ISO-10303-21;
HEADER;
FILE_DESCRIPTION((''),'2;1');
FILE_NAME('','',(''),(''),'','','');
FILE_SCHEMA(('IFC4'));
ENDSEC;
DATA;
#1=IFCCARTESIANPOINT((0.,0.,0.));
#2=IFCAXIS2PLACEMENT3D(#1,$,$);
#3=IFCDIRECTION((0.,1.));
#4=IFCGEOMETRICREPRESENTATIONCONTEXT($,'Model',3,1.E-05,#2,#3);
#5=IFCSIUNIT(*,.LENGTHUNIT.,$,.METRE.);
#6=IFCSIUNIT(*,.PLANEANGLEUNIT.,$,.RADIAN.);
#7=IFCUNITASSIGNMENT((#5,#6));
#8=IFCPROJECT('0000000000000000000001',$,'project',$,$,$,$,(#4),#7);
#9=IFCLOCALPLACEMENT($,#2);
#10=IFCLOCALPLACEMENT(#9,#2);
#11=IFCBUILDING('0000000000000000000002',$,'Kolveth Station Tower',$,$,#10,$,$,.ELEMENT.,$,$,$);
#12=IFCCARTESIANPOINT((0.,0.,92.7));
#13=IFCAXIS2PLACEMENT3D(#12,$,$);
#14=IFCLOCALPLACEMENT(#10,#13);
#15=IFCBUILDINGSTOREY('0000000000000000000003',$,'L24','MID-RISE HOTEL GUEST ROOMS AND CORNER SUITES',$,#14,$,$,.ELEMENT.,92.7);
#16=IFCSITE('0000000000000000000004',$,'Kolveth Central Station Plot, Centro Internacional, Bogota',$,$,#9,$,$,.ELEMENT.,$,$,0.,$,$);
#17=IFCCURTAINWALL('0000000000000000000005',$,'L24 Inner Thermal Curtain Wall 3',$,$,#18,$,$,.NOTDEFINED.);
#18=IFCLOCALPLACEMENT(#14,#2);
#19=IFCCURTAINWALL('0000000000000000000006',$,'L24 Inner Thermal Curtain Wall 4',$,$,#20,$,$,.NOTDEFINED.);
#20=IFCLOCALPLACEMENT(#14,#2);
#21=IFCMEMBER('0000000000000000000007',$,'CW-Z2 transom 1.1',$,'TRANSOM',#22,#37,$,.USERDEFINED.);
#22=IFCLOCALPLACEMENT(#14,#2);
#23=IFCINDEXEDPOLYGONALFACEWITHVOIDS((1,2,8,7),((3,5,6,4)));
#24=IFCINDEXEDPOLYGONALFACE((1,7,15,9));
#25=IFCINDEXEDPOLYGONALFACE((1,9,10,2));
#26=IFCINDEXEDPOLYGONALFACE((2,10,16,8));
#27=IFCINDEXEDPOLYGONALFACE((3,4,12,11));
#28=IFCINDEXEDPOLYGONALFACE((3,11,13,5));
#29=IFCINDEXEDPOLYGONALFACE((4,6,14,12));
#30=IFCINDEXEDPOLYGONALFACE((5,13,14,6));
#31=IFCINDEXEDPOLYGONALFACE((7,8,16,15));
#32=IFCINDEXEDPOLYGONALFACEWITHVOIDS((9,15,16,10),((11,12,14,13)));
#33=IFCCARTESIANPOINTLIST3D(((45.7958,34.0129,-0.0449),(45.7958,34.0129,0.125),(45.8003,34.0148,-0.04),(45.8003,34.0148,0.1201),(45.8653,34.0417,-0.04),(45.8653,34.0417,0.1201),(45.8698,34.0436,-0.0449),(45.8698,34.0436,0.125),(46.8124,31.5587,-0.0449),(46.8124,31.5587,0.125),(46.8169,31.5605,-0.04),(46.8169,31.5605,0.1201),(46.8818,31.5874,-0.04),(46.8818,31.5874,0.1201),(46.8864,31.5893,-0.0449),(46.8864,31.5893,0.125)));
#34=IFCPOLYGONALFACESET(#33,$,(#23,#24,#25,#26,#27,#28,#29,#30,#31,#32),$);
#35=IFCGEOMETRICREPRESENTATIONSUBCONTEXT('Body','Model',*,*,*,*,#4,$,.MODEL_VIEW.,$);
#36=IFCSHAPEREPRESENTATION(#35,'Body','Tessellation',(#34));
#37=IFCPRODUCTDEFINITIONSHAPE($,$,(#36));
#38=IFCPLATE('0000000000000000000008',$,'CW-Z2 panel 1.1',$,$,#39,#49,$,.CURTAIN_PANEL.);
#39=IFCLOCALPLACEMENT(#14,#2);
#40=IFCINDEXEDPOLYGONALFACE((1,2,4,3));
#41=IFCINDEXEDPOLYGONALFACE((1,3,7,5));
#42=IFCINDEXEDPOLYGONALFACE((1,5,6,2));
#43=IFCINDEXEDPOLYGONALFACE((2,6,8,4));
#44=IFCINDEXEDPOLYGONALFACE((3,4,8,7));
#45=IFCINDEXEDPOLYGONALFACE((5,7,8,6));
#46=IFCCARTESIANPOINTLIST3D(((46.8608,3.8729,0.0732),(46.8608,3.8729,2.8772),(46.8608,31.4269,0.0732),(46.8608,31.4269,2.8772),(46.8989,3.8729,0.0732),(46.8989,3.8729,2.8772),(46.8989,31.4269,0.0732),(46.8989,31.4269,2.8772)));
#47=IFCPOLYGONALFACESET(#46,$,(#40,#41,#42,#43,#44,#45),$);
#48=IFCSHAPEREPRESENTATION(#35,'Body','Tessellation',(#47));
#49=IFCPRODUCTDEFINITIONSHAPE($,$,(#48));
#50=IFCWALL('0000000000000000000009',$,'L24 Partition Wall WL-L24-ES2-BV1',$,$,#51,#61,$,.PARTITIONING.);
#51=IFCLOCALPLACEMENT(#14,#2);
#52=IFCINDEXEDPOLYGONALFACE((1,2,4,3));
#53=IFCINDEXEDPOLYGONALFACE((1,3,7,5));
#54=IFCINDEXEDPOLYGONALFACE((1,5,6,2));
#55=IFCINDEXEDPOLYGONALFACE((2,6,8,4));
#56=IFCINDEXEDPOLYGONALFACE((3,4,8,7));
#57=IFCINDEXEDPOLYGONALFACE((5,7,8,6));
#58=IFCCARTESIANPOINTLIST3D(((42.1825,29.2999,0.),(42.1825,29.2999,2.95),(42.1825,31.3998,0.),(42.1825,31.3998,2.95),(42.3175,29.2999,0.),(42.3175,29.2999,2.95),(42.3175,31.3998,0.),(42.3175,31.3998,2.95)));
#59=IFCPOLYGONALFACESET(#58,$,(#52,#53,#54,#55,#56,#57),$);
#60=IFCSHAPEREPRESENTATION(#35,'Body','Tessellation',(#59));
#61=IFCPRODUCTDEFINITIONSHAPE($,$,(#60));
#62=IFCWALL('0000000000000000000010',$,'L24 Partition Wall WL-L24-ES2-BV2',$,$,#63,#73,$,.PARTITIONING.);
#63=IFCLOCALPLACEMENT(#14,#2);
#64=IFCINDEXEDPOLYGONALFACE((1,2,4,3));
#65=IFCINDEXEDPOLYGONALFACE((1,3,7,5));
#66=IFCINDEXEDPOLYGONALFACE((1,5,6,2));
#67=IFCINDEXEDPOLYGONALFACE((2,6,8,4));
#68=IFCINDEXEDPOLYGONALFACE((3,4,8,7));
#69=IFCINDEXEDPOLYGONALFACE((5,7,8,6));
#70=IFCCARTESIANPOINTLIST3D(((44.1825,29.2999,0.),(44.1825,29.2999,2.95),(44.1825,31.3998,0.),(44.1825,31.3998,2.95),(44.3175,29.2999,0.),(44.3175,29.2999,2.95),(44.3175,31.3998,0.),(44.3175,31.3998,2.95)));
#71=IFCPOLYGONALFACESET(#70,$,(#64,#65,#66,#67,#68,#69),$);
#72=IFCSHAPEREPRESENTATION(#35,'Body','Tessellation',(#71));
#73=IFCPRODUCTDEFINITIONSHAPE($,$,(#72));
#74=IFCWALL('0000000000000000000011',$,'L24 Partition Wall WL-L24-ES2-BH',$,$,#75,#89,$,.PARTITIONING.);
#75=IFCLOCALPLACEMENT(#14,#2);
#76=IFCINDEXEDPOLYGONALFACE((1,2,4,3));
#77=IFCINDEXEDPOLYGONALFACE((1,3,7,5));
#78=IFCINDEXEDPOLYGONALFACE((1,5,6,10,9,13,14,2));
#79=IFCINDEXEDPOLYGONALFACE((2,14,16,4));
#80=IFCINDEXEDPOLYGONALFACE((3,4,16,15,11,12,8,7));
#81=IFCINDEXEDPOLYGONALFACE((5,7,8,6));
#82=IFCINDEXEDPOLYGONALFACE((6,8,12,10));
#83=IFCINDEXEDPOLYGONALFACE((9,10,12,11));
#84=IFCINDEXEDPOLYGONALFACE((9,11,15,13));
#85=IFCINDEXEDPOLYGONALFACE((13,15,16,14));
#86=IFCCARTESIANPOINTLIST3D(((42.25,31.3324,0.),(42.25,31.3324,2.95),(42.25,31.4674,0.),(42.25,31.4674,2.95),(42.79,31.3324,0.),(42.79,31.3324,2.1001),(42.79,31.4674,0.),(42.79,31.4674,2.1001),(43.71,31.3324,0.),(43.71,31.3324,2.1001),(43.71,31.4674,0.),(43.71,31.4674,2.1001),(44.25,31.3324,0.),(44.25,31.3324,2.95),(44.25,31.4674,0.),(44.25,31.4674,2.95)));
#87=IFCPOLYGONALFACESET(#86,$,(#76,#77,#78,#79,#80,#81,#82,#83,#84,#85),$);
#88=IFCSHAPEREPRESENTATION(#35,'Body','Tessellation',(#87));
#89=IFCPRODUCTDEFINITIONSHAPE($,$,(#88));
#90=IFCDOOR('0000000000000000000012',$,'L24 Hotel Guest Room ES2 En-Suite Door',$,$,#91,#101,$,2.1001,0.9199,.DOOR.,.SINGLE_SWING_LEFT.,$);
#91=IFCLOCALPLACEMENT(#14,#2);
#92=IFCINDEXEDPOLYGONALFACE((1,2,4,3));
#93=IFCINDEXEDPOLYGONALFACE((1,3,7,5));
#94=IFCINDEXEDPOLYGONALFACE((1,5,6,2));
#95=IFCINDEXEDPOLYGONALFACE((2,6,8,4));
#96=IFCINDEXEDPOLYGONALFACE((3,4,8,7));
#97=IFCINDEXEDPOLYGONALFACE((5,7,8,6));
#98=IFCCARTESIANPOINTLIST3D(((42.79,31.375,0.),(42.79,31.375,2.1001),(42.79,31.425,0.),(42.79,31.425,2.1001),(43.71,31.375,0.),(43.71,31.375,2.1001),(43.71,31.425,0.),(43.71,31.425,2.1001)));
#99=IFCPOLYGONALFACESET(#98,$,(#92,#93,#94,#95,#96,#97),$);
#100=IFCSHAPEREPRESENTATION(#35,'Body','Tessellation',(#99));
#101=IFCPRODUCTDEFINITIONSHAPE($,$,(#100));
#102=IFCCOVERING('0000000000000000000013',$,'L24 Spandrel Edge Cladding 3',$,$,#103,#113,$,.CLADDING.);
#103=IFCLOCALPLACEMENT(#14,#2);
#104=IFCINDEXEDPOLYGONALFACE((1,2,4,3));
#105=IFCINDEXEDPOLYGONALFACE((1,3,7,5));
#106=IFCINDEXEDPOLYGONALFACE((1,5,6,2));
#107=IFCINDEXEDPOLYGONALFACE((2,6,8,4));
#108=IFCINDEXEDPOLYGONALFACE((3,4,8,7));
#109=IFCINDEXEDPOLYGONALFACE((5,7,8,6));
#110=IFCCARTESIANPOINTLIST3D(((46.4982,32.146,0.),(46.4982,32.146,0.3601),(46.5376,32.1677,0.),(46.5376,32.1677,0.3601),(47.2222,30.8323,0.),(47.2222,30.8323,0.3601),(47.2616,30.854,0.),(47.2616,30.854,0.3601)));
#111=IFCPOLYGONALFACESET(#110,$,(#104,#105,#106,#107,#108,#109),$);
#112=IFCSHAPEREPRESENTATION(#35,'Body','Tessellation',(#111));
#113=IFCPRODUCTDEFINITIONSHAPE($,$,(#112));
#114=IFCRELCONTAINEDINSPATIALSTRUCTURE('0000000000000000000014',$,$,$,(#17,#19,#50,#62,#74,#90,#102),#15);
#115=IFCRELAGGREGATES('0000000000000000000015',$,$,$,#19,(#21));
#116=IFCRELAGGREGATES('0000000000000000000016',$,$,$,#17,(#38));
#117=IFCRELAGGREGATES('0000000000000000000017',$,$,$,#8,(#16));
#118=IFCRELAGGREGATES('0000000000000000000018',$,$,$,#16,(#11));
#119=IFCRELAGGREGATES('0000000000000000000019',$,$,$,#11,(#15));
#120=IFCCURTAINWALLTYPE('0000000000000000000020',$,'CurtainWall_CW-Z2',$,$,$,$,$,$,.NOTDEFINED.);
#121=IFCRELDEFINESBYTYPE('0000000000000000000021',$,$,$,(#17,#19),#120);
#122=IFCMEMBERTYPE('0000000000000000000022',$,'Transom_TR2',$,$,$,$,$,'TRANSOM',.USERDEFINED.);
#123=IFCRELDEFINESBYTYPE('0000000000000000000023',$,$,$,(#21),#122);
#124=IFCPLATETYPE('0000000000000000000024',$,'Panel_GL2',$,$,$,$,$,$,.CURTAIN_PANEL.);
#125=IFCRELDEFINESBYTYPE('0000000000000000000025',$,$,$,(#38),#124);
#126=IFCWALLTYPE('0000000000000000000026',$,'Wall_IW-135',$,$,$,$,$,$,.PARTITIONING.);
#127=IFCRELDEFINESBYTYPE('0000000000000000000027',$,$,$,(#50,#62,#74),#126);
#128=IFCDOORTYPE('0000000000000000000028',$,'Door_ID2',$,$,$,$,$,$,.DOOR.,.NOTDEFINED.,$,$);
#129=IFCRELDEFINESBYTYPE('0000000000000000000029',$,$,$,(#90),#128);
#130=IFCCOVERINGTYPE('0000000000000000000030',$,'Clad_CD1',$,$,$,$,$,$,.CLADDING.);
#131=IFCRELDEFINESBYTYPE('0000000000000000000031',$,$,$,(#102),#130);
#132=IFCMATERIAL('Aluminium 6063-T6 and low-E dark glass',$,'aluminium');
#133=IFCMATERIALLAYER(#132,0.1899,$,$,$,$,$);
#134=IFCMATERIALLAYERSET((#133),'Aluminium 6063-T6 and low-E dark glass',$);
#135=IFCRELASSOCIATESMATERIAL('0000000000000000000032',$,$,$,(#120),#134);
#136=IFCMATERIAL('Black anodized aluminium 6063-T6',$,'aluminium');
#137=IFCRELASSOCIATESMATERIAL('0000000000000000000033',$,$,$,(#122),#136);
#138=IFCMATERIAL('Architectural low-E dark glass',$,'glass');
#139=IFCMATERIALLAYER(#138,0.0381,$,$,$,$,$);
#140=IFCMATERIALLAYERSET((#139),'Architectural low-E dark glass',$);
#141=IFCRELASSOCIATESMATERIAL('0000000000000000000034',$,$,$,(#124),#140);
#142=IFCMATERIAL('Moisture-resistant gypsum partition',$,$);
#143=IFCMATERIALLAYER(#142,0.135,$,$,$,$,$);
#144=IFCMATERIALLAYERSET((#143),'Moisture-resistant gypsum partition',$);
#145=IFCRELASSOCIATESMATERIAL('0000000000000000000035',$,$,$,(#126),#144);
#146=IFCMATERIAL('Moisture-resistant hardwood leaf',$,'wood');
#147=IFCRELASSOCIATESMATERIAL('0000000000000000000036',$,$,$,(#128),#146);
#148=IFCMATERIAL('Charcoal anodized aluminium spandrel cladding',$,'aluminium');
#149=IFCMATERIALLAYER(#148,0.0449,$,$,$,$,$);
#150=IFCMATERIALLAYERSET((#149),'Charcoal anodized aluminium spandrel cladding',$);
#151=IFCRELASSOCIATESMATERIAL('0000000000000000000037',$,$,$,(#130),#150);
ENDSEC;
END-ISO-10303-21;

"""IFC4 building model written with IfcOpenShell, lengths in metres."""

from ifc_helpers import new_model, si_unit, direction, frame, frame_2d, origin, origin_2d, place, context, subcontext, project, spatial, rectangle, hollow_rectangle, extrude, source, transform, mapped, material, layer, layer_set, material_profile, profile_set, type_object, element, fill, aggregate, save


model = new_model("IFC4")

# Units and contexts
model_context = context("Model", 3, precision=1e-05, world=origin(), true_north=direction((0.0, 1.0)))
body_context = subcontext(model_context, "Body", "Model", "MODEL_VIEW")
ifc_project = project(units=[si_unit("LENGTHUNIT", "METRE"), si_unit("PLANEANGLEUNIT", "RADIAN")], contexts=[model_context])

# Site, building, storey
site_placement = place(None, origin())
site = spatial("IfcSite", under=ifc_project, at=site_placement, Name="Kolveth Central Station Plot, Centro Internacional, Bogota", CompositionType="ELEMENT", RefElevation=0.0)
building_placement = place(site_placement, origin())
building = spatial("IfcBuilding", under=site, at=building_placement, Name="Kolveth Station Tower", CompositionType="ELEMENT")
storey_placement = place(building_placement, frame((0.0, 0.0, 92.7)))
storey = spatial("IfcBuildingStorey", under=building, at=storey_placement, Name="L24", Description="MID-RISE HOTEL GUEST ROOMS AND CORNER SUITES", CompositionType="ELEMENT", Elevation=92.7)

# Curtain wall
ifc_material_1 = material(Name="Aluminium 6063-T6 and low-E dark glass", Category="aluminium")
ifc_layer_1 = layer(ifc_material_1, 0.1899)
ifc_layer_set_1 = layer_set([ifc_layer_1], Name="Aluminium 6063-T6 and low-E dark glass")
curtain_wall_type = type_object("IfcCurtainWallType", Name="CurtainWall_CW-Z2", PredefinedType="NOTDEFINED", material=ifc_layer_set_1)
curtain_wall_1_placement = place(storey_placement, origin())
curtain_wall_1 = element("IfcCurtainWall", 1, at=curtain_wall_1_placement, inside=storey, type_object=curtain_wall_type, Name="L24 Inner Thermal Curtain Wall 3", PredefinedType="NOTDEFINED")
ifc_material_2 = material(Name="Black anodized aluminium 6063-T6", Category="aluminium")

# Curtain wall, member
curtain_wall_2_placement = place(storey_placement, origin())
curtain_wall_2 = element("IfcCurtainWall", 2, at=curtain_wall_2_placement, inside=storey, type_object=curtain_wall_type, Name="L24 Inner Thermal Curtain Wall 4", PredefinedType="NOTDEFINED")
ifc_material_profile_1 = material_profile(ifc_material_2, hollow_rectangle(XDim=0.0801, YDim=0.1699, WallThickness=0.0049, at=origin_2d()), Name="ALU-80x170x5")
ifc_profile_set_1 = profile_set([ifc_material_profile_1], Name="Black anodized aluminium 6063-T6")
member_type_1 = type_object("IfcMemberType", Name="Transom_TR2", ElementType="TRANSOM", PredefinedType="USERDEFINED", material=ifc_profile_set_1)
shared_shape_1 = source(origin(), body_context, "Body", "SweptSolid", [
    extrude(hollow_rectangle(XDim=0.0801, YDim=0.1699, WallThickness=0.0049, at=origin_2d()), origin(), (0.0, 0.0, 1.0), 2.6565),
])
member_1_placement = place(storey_placement, frame((46.8494, 31.574, 0.04), z_axis=(-0.382676, 0.923882, 0.0), x_axis=(-0.923882, -0.382676, 0.0)))
member_1 = element("IfcMember", 3, at=member_1_placement, type_object=member_type_1, Name="CW-Z2 transom 1.1", ObjectType="TRANSOM", PredefinedType="USERDEFINED", context=body_context, shape_type="MappedRepresentation", body=[
    mapped(shared_shape_1, transform((0.0, 0.0, 0.0), x_axis=(1.0, 0.0, 0.0), y_axis=(0.0, 1.0, 0.0), z_axis=(0.0, 0.0, 1.0), scale=1.0)),
])
aggregate(curtain_wall_2, [member_1])

# Plate
ifc_material_3 = material(Name="Architectural low-E dark glass", Category="glass")
ifc_layer_2 = layer(ifc_material_3, 0.0381)
ifc_layer_set_2 = layer_set([ifc_layer_2], Name="Architectural low-E dark glass")
plate_type = type_object("IfcPlateType", Name="Panel_GL2", PredefinedType="CURTAIN_PANEL", material=ifc_layer_set_2)
shared_shape_2 = source(origin(), body_context, "Body", "SweptSolid", [
    extrude(rectangle(XDim=27.554, YDim=0.0381, at=origin_2d()), origin(), (0.0, 0.0, 1.0), 2.804),
])
plate_placement = place(storey_placement, frame((46.8799, 17.6499, 0.0732), z_axis=(0.0, 0.0, 1.0), x_axis=(0.0, 1.0, 0.0)))
plate = element("IfcPlate", 4, at=plate_placement, type_object=plate_type, Name="CW-Z2 panel 1.1", PredefinedType="CURTAIN_PANEL", context=body_context, shape_type="MappedRepresentation", body=[
    mapped(shared_shape_2, transform((0.0, 0.0, 0.0), x_axis=(1.0, 0.0, 0.0), y_axis=(0.0, 1.0, 0.0), z_axis=(0.0, 0.0, 1.0), scale=1.0)),
])
aggregate(curtain_wall_1, [plate])

# Walls
ifc_material_4 = material(Name="Moisture-resistant gypsum partition")
ifc_layer_3 = layer(ifc_material_4, 0.135)
ifc_layer_set_3 = layer_set([ifc_layer_3], Name="Moisture-resistant gypsum partition")
wall_type = type_object("IfcWallType", Name="Wall_IW-135", PredefinedType="PARTITIONING", material=ifc_layer_set_3)
for number, where, z_axis, x_axis, name in (
    (5, (42.25, 29.3, 0.0), (0.0, 0.0, 1.0), (0.0, 1.0, 0.0), "L24 Partition Wall WL-L24-ES2-BV1"),
    (6, (44.25, 29.3, 0.0), (0.0, 0.0, 1.0), (0.0, 1.0, 0.0), "L24 Partition Wall WL-L24-ES2-BV2"),
):
    element("IfcWall", number, at=place(storey_placement, frame(where, z_axis=z_axis, x_axis=x_axis)), inside=storey, type_object=wall_type, Name=name, PredefinedType="PARTITIONING", context=body_context, shape_type="SweptSolid", body=[
        extrude(rectangle(XDim=2.0999, YDim=0.135, at=frame_2d((1.0498, 0.0))), origin(), (0.0, 0.0, 1.0), 2.95),
    ])

# Wall, opening, door
wall_placement = place(storey_placement, frame((42.25, 31.3999, 0.0), z_axis=(0.0, 0.0, 1.0), x_axis=(1.0, 0.0, 0.0)))
wall = element("IfcWall", 7, at=wall_placement, inside=storey, type_object=wall_type, Name="L24 Partition Wall WL-L24-ES2-BH", PredefinedType="PARTITIONING", context=body_context, shape_type="SweptSolid", body=[
    extrude(rectangle(XDim=2.0, YDim=0.135, at=frame_2d((1.0, 0.0))), origin(), (0.0, 0.0, 1.0), 2.95),
])
opening_placement = place(wall_placement, frame((0.54, 0.0, 0.0)))
opening = element("IfcOpeningElement", 8, at=opening_placement, cuts=wall, PredefinedType="OPENING", context=body_context, shape_type="SweptSolid", body=[
    extrude(rectangle(XDim=0.9199, YDim=2.1001, at=frame_2d((0.46, 1.05))), frame((0.0, 0.0774, 0.0), z_axis=(0.0, -1.0, 0.0), x_axis=(1.0, 0.0, 0.0)), (0.0, 0.0, 1.0), 0.155),
])
ifc_material_5 = material(Name="Moisture-resistant hardwood leaf", Category="wood")
door_type = type_object("IfcDoorType", Name="Door_ID2", OperationType="NOTDEFINED", PredefinedType="DOOR", material=ifc_material_5)
door_placement = place(opening_placement, frame((0.9199, 0.0, 0.0), z_axis=(0.0, 0.0, 1.0), x_axis=(-1.0, 0.0, 0.0)))
door = element("IfcDoor", 9, at=door_placement, inside=storey, type_object=door_type, Name="L24 Hotel Guest Room ES2 En-Suite Door", OperationType="SINGLE_SWING_LEFT", OverallHeight=2.1001, OverallWidth=0.9199, PredefinedType="DOOR", context=body_context, shape_type="SweptSolid", body=[
    extrude(rectangle(XDim=0.9199, YDim=2.1001, at=frame_2d((0.46, 1.05))), frame((0.0, 0.0249, 0.0), z_axis=(0.0, -1.0, 0.0), x_axis=(1.0, 0.0, 0.0)), (0.0, 0.0, 1.0), 0.05),
])
fill(opening, door)

# Covering
ifc_material_6 = material(Name="Charcoal anodized aluminium spandrel cladding", Category="aluminium")
ifc_layer_4 = layer(ifc_material_6, 0.0449)
ifc_layer_set_4 = layer_set([ifc_layer_4], Name="Charcoal anodized aluminium spandrel cladding")
covering_type = type_object("IfcCoveringType", Name="Clad_CD1", PredefinedType="CLADDING", material=ifc_layer_set_4)
shared_shape_3 = source(origin(), body_context, "Body", "SweptSolid", [
    extrude(rectangle(XDim=1.5, YDim=0.0449, at=origin_2d()), origin(), (0.0, 0.0, 1.0), 0.3601),
])
covering_placement = place(storey_placement, frame((46.8799, 31.5, 0.0), z_axis=(0.0, 0.0, 1.0), x_axis=(-0.482671, 0.875802, 0.0)))
element("IfcCovering", 10, at=covering_placement, inside=storey, type_object=covering_type, Name="L24 Spandrel Edge Cladding 3", PredefinedType="CLADDING", context=body_context, shape_type="MappedRepresentation", body=[
    mapped(shared_shape_3, transform((0.0, 0.0, 0.0), x_axis=(1.0, 0.0, 0.0), y_axis=(0.0, 1.0, 0.0), z_axis=(0.0, 0.0, 1.0), scale=1.0)),
])

save(model, "model.ifc")
